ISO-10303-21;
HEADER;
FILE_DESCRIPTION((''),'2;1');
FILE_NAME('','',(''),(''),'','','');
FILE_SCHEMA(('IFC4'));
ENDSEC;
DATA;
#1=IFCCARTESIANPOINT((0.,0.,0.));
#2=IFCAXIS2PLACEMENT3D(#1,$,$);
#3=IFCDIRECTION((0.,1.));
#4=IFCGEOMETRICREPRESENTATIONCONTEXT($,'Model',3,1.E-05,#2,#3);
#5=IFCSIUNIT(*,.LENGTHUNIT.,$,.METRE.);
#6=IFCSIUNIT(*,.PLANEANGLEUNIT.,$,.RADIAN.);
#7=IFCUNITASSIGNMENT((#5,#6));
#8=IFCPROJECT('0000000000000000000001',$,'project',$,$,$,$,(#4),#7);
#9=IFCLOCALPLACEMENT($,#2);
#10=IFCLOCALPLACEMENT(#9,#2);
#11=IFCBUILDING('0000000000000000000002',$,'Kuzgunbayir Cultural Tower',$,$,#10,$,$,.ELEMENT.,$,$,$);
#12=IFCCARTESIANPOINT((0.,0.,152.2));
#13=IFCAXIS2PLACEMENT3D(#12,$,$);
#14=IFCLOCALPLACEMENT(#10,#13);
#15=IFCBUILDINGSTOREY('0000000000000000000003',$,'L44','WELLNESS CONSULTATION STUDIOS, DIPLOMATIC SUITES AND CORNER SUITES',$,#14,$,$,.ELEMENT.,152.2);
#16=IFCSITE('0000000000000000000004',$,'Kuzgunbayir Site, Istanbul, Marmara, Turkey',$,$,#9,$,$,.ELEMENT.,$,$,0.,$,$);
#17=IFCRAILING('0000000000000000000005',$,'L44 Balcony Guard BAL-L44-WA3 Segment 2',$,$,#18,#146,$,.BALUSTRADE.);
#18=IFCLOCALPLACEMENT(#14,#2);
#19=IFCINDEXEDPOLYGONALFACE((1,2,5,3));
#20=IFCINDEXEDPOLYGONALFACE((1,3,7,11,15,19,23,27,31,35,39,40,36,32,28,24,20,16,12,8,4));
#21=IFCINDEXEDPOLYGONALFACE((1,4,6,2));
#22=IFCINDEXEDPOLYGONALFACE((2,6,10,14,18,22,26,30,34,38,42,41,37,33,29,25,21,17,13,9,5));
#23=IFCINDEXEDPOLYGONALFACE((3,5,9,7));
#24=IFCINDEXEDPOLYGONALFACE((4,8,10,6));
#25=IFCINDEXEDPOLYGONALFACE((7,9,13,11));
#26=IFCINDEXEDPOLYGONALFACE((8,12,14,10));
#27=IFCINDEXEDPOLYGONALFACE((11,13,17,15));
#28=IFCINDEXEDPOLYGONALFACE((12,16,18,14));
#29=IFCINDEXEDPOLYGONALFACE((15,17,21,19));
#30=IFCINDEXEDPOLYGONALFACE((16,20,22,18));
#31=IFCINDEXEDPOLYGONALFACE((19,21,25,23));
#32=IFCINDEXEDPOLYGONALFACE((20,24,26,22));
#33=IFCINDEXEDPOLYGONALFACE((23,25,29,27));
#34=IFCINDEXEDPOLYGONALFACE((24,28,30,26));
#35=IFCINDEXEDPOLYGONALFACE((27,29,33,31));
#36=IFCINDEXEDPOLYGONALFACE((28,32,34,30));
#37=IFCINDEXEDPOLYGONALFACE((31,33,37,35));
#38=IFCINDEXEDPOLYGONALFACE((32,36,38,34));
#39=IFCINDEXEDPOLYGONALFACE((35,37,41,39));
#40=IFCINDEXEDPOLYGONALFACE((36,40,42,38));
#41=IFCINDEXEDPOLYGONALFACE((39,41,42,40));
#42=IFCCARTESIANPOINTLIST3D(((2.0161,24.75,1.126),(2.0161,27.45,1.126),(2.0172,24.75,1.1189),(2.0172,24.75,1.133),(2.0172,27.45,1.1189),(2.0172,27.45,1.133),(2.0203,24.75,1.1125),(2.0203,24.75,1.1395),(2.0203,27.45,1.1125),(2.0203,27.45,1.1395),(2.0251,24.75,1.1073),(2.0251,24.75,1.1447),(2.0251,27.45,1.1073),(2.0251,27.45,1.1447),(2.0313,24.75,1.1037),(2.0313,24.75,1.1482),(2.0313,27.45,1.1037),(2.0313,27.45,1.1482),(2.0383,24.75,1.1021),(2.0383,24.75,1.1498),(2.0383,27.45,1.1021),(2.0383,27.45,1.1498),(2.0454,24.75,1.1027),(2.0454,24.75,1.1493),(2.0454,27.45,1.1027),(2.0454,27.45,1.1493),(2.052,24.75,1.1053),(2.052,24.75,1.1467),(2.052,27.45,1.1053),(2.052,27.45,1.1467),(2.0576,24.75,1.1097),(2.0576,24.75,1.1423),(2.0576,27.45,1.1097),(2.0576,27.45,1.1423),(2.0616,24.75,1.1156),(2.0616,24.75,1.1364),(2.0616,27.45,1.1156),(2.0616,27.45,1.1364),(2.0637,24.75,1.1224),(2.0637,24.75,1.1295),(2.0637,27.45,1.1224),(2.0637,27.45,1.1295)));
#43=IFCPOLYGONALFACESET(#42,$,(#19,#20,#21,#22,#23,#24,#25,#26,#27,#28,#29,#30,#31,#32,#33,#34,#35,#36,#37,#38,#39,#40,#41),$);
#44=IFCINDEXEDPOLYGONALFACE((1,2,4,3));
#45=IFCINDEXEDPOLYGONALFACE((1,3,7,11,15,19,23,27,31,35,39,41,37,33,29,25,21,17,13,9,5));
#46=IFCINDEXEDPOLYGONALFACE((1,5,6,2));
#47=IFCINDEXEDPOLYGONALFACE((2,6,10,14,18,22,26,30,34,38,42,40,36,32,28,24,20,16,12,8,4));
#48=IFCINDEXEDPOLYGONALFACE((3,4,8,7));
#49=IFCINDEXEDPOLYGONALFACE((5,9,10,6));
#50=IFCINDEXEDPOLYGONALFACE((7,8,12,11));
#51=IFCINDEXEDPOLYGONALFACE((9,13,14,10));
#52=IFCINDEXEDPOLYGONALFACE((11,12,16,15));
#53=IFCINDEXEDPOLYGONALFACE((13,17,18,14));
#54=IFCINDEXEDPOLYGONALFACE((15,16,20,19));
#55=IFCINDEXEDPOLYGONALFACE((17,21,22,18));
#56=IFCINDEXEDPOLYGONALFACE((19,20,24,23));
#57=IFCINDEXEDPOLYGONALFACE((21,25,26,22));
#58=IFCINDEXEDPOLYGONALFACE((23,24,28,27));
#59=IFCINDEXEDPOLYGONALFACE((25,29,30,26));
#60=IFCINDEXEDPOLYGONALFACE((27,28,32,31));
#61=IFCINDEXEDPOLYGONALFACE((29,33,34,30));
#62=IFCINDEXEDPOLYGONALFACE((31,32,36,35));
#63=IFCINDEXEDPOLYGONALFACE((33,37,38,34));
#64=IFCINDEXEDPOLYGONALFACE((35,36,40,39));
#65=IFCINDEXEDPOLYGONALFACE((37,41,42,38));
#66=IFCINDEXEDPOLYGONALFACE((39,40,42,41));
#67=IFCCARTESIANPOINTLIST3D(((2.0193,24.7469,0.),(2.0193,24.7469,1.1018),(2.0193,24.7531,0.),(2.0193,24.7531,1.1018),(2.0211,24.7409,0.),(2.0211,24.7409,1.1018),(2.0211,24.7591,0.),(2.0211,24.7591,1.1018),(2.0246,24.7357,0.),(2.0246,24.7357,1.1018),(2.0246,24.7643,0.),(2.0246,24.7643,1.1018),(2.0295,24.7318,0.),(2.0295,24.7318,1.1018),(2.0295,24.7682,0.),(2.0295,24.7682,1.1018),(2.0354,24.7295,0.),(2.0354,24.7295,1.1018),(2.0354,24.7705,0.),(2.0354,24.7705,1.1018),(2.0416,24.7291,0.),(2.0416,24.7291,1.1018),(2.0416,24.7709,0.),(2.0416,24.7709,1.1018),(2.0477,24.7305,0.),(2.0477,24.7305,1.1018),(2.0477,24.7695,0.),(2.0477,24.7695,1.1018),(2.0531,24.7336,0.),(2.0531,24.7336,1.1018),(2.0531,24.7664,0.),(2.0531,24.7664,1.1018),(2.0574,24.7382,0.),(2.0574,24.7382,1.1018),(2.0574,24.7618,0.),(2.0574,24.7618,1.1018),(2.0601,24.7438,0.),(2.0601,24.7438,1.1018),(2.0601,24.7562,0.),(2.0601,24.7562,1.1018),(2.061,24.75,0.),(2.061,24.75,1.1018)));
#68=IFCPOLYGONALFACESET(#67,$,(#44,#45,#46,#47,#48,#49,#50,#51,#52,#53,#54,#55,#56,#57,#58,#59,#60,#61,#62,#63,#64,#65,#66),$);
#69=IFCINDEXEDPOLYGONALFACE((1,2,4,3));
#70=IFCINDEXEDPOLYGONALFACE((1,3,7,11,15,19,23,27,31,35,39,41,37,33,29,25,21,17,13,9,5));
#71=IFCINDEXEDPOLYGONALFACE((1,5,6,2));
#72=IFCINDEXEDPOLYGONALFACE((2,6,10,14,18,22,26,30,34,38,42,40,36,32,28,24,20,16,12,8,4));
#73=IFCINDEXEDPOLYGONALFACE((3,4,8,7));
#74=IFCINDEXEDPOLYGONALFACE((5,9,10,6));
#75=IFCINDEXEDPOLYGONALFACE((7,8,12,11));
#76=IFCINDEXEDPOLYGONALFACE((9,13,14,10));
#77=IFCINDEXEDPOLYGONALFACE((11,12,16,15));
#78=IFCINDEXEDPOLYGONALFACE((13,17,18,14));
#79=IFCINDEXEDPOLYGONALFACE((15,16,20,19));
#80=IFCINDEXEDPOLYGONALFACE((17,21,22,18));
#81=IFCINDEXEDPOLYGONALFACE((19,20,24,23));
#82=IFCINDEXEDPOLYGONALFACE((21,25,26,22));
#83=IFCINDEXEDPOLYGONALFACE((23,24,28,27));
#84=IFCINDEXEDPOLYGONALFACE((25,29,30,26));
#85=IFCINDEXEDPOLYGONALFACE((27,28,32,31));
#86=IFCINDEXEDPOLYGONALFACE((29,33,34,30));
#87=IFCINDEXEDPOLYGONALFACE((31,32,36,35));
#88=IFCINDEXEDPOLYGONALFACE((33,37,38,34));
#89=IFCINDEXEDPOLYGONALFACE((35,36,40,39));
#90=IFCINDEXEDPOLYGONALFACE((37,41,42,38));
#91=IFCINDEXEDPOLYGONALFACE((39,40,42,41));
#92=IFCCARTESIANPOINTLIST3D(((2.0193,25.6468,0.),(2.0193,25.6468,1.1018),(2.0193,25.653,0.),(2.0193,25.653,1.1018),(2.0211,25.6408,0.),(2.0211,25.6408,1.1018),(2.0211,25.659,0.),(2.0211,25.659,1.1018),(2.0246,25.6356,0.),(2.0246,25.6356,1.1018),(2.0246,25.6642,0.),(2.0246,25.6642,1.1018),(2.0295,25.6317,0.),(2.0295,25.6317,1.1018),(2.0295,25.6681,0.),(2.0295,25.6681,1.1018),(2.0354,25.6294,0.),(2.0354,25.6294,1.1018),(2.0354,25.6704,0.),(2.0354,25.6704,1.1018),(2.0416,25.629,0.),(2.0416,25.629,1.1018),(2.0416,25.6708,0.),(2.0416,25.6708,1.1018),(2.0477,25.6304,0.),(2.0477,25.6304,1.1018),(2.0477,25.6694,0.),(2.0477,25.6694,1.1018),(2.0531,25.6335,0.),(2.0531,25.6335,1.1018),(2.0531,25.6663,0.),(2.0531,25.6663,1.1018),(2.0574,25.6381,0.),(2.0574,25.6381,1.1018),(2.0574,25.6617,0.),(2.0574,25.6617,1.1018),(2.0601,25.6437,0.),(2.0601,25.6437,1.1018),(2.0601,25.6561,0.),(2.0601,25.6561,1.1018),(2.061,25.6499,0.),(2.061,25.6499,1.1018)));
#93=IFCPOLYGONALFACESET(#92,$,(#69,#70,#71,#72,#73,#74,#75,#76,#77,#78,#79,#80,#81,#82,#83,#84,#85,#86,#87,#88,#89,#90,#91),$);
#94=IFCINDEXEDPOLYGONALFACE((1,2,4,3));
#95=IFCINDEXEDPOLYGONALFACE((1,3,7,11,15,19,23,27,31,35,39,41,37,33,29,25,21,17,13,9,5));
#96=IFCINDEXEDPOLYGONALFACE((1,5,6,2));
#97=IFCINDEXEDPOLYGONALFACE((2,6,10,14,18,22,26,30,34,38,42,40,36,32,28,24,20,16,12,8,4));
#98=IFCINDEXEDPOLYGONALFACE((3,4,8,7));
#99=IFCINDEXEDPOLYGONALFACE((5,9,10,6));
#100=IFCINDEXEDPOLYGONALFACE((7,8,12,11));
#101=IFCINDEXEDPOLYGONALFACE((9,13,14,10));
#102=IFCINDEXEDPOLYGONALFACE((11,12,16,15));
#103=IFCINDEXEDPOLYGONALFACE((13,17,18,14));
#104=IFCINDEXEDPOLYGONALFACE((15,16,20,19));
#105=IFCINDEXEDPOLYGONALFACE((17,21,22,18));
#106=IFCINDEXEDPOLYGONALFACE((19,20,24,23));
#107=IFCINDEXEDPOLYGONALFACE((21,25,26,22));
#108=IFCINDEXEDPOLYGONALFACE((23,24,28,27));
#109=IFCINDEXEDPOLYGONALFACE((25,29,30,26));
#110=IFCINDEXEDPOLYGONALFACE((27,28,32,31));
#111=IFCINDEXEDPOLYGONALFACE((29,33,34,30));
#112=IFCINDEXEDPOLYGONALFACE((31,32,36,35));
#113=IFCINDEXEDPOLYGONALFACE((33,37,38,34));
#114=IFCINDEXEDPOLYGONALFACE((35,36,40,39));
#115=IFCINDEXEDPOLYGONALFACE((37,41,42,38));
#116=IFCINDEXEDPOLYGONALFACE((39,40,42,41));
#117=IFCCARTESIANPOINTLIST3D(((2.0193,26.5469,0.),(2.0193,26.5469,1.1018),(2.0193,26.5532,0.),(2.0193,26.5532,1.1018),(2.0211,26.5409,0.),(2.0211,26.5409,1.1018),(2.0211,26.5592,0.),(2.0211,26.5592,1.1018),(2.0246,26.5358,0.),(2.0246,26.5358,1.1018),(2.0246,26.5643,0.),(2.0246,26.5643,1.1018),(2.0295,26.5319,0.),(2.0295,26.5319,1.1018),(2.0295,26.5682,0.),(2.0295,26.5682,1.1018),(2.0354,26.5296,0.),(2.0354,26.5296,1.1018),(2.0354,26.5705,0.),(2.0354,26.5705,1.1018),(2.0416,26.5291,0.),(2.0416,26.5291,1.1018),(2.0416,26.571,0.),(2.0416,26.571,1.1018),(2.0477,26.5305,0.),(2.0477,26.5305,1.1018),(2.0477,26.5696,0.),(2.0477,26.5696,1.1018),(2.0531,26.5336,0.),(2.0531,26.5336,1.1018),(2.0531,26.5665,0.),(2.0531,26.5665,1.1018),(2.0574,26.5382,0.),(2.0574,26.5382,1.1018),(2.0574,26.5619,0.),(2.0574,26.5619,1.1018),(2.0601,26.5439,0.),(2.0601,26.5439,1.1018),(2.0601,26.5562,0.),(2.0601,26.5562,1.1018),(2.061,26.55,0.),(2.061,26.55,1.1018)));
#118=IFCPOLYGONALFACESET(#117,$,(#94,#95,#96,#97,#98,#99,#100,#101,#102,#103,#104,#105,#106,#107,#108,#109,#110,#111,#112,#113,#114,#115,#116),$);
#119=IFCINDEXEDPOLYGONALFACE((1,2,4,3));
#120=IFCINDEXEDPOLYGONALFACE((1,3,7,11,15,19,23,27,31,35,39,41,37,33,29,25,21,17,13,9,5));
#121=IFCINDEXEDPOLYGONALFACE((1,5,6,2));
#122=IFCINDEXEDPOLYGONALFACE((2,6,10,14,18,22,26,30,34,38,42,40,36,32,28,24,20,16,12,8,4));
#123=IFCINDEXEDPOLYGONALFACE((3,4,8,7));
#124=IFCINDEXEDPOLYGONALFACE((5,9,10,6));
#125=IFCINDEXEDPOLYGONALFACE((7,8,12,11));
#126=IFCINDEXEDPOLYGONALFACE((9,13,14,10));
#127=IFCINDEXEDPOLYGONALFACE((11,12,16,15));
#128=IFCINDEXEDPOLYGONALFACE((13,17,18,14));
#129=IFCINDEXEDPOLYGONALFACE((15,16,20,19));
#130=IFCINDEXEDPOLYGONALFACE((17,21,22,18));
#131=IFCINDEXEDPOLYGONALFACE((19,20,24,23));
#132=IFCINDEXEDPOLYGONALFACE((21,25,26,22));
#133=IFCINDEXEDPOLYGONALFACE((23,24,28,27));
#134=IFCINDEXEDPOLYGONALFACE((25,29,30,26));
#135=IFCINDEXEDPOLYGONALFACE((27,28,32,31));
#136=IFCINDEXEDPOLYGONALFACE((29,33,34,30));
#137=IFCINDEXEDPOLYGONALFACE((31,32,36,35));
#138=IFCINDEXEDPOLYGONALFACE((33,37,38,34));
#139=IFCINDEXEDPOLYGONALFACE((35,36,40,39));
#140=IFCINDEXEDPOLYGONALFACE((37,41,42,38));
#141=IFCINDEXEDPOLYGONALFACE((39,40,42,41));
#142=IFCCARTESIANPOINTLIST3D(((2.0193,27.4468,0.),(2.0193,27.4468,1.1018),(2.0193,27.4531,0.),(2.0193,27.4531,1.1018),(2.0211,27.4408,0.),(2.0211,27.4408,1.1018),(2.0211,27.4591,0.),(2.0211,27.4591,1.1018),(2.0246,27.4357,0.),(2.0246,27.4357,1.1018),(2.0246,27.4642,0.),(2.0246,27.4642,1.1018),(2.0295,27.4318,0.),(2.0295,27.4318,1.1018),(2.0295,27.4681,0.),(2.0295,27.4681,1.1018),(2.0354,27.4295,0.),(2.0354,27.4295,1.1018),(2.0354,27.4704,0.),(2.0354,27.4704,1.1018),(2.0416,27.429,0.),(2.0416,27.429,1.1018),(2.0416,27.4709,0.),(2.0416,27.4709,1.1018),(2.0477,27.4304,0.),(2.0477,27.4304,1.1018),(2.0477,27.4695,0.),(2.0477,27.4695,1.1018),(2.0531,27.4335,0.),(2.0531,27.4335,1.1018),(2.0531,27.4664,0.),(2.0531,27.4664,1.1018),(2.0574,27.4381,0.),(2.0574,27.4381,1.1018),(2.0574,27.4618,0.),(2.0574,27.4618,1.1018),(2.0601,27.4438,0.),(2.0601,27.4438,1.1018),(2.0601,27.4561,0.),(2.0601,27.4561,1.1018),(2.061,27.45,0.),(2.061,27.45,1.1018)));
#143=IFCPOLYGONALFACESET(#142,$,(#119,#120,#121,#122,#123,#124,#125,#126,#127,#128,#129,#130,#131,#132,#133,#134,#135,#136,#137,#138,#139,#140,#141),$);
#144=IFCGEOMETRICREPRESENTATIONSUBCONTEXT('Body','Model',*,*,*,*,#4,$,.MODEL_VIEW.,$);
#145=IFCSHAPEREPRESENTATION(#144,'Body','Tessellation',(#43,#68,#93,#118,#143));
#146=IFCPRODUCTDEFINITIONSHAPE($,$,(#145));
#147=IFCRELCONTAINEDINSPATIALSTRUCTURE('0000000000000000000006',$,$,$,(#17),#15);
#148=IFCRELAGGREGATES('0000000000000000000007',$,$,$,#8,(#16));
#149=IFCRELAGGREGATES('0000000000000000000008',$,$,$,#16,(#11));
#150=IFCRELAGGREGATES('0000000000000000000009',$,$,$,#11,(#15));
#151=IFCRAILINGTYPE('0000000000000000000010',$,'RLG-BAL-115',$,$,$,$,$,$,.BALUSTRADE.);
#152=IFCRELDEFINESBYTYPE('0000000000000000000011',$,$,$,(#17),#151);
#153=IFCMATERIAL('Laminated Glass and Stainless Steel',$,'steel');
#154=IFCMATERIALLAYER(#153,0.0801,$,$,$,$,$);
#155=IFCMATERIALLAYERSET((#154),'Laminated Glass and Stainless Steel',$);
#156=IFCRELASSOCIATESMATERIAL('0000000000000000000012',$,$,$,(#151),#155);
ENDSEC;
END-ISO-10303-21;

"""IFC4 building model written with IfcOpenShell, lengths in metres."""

from ifc_helpers import new_model, si_unit, direction, frame, origin, origin_2d, place, context, subcontext, project, spatial, circle, extrude, material, layer, layer_set, type_object, element, save


model = new_model("IFC4")

# Units and contexts
model_context = context("Model", 3, precision=1e-05, world=origin(), true_north=direction((0.0, 1.0)))
body_context = subcontext(model_context, "Body", "Model", "MODEL_VIEW")
ifc_project = project(units=[si_unit("LENGTHUNIT", "METRE"), si_unit("PLANEANGLEUNIT", "RADIAN")], contexts=[model_context])

# Site, building, storey
site_placement = place(None, origin())
site = spatial("IfcSite", under=ifc_project, at=site_placement, Name="Kuzgunbayir Site, Istanbul, Marmara, Turkey", CompositionType="ELEMENT", RefElevation=0.0)
building_placement = place(site_placement, origin())
building = spatial("IfcBuilding", under=site, at=building_placement, Name="Kuzgunbayir Cultural Tower", CompositionType="ELEMENT")
storey_placement = place(building_placement, frame((0.0, 0.0, 152.2)))
storey = spatial("IfcBuildingStorey", under=building, at=storey_placement, Name="L44", Description="WELLNESS CONSULTATION STUDIOS, DIPLOMATIC SUITES AND CORNER SUITES", CompositionType="ELEMENT", Elevation=152.2)

# Railing
ifc_material_1 = material(Name="Laminated Glass and Stainless Steel", Category="steel")
ifc_layer_1 = layer(ifc_material_1, 0.0801)
ifc_layer_set_1 = layer_set([ifc_layer_1], Name="Laminated Glass and Stainless Steel")
railing_type = type_object("IfcRailingType", Name="RLG-BAL-115", PredefinedType="BALUSTRADE", material=ifc_layer_set_1)
railing_1_placement = place(storey_placement, frame((2.04, 24.75, 0.0)))
element("IfcRailing", 1, at=railing_1_placement, inside=storey, type_object=railing_type, Name="L44 Balcony Guard BAL-L44-WA3 Segment 2", PredefinedType="BALUSTRADE", context=body_context, shape_type="SweptSolid", body=[
    extrude(circle(Radius=0.0239, at=origin_2d()), frame((0.0, 0.0, 1.126), z_axis=(0.0, 1.0, 0.0), x_axis=(-1.0, 0.0, 0.0)), (0.0, 0.0, 1.0), 2.7),
    extrude(circle(Radius=0.021, at=origin_2d()), origin(), (0.0, 0.0, 1.0), 1.1018),
    extrude(circle(Radius=0.021, at=origin_2d()), frame((0.0, 0.8999, 0.0)), (0.0, 0.0, 1.0), 1.1018),
    extrude(circle(Radius=0.021, at=origin_2d()), frame((0.0, 1.8, 0.0)), (0.0, 0.0, 1.0), 1.1018),
    extrude(circle(Radius=0.021, at=origin_2d()), frame((0.0, 2.7, 0.0)), (0.0, 0.0, 1.0), 1.1018),
])

save(model, "model.ifc")
